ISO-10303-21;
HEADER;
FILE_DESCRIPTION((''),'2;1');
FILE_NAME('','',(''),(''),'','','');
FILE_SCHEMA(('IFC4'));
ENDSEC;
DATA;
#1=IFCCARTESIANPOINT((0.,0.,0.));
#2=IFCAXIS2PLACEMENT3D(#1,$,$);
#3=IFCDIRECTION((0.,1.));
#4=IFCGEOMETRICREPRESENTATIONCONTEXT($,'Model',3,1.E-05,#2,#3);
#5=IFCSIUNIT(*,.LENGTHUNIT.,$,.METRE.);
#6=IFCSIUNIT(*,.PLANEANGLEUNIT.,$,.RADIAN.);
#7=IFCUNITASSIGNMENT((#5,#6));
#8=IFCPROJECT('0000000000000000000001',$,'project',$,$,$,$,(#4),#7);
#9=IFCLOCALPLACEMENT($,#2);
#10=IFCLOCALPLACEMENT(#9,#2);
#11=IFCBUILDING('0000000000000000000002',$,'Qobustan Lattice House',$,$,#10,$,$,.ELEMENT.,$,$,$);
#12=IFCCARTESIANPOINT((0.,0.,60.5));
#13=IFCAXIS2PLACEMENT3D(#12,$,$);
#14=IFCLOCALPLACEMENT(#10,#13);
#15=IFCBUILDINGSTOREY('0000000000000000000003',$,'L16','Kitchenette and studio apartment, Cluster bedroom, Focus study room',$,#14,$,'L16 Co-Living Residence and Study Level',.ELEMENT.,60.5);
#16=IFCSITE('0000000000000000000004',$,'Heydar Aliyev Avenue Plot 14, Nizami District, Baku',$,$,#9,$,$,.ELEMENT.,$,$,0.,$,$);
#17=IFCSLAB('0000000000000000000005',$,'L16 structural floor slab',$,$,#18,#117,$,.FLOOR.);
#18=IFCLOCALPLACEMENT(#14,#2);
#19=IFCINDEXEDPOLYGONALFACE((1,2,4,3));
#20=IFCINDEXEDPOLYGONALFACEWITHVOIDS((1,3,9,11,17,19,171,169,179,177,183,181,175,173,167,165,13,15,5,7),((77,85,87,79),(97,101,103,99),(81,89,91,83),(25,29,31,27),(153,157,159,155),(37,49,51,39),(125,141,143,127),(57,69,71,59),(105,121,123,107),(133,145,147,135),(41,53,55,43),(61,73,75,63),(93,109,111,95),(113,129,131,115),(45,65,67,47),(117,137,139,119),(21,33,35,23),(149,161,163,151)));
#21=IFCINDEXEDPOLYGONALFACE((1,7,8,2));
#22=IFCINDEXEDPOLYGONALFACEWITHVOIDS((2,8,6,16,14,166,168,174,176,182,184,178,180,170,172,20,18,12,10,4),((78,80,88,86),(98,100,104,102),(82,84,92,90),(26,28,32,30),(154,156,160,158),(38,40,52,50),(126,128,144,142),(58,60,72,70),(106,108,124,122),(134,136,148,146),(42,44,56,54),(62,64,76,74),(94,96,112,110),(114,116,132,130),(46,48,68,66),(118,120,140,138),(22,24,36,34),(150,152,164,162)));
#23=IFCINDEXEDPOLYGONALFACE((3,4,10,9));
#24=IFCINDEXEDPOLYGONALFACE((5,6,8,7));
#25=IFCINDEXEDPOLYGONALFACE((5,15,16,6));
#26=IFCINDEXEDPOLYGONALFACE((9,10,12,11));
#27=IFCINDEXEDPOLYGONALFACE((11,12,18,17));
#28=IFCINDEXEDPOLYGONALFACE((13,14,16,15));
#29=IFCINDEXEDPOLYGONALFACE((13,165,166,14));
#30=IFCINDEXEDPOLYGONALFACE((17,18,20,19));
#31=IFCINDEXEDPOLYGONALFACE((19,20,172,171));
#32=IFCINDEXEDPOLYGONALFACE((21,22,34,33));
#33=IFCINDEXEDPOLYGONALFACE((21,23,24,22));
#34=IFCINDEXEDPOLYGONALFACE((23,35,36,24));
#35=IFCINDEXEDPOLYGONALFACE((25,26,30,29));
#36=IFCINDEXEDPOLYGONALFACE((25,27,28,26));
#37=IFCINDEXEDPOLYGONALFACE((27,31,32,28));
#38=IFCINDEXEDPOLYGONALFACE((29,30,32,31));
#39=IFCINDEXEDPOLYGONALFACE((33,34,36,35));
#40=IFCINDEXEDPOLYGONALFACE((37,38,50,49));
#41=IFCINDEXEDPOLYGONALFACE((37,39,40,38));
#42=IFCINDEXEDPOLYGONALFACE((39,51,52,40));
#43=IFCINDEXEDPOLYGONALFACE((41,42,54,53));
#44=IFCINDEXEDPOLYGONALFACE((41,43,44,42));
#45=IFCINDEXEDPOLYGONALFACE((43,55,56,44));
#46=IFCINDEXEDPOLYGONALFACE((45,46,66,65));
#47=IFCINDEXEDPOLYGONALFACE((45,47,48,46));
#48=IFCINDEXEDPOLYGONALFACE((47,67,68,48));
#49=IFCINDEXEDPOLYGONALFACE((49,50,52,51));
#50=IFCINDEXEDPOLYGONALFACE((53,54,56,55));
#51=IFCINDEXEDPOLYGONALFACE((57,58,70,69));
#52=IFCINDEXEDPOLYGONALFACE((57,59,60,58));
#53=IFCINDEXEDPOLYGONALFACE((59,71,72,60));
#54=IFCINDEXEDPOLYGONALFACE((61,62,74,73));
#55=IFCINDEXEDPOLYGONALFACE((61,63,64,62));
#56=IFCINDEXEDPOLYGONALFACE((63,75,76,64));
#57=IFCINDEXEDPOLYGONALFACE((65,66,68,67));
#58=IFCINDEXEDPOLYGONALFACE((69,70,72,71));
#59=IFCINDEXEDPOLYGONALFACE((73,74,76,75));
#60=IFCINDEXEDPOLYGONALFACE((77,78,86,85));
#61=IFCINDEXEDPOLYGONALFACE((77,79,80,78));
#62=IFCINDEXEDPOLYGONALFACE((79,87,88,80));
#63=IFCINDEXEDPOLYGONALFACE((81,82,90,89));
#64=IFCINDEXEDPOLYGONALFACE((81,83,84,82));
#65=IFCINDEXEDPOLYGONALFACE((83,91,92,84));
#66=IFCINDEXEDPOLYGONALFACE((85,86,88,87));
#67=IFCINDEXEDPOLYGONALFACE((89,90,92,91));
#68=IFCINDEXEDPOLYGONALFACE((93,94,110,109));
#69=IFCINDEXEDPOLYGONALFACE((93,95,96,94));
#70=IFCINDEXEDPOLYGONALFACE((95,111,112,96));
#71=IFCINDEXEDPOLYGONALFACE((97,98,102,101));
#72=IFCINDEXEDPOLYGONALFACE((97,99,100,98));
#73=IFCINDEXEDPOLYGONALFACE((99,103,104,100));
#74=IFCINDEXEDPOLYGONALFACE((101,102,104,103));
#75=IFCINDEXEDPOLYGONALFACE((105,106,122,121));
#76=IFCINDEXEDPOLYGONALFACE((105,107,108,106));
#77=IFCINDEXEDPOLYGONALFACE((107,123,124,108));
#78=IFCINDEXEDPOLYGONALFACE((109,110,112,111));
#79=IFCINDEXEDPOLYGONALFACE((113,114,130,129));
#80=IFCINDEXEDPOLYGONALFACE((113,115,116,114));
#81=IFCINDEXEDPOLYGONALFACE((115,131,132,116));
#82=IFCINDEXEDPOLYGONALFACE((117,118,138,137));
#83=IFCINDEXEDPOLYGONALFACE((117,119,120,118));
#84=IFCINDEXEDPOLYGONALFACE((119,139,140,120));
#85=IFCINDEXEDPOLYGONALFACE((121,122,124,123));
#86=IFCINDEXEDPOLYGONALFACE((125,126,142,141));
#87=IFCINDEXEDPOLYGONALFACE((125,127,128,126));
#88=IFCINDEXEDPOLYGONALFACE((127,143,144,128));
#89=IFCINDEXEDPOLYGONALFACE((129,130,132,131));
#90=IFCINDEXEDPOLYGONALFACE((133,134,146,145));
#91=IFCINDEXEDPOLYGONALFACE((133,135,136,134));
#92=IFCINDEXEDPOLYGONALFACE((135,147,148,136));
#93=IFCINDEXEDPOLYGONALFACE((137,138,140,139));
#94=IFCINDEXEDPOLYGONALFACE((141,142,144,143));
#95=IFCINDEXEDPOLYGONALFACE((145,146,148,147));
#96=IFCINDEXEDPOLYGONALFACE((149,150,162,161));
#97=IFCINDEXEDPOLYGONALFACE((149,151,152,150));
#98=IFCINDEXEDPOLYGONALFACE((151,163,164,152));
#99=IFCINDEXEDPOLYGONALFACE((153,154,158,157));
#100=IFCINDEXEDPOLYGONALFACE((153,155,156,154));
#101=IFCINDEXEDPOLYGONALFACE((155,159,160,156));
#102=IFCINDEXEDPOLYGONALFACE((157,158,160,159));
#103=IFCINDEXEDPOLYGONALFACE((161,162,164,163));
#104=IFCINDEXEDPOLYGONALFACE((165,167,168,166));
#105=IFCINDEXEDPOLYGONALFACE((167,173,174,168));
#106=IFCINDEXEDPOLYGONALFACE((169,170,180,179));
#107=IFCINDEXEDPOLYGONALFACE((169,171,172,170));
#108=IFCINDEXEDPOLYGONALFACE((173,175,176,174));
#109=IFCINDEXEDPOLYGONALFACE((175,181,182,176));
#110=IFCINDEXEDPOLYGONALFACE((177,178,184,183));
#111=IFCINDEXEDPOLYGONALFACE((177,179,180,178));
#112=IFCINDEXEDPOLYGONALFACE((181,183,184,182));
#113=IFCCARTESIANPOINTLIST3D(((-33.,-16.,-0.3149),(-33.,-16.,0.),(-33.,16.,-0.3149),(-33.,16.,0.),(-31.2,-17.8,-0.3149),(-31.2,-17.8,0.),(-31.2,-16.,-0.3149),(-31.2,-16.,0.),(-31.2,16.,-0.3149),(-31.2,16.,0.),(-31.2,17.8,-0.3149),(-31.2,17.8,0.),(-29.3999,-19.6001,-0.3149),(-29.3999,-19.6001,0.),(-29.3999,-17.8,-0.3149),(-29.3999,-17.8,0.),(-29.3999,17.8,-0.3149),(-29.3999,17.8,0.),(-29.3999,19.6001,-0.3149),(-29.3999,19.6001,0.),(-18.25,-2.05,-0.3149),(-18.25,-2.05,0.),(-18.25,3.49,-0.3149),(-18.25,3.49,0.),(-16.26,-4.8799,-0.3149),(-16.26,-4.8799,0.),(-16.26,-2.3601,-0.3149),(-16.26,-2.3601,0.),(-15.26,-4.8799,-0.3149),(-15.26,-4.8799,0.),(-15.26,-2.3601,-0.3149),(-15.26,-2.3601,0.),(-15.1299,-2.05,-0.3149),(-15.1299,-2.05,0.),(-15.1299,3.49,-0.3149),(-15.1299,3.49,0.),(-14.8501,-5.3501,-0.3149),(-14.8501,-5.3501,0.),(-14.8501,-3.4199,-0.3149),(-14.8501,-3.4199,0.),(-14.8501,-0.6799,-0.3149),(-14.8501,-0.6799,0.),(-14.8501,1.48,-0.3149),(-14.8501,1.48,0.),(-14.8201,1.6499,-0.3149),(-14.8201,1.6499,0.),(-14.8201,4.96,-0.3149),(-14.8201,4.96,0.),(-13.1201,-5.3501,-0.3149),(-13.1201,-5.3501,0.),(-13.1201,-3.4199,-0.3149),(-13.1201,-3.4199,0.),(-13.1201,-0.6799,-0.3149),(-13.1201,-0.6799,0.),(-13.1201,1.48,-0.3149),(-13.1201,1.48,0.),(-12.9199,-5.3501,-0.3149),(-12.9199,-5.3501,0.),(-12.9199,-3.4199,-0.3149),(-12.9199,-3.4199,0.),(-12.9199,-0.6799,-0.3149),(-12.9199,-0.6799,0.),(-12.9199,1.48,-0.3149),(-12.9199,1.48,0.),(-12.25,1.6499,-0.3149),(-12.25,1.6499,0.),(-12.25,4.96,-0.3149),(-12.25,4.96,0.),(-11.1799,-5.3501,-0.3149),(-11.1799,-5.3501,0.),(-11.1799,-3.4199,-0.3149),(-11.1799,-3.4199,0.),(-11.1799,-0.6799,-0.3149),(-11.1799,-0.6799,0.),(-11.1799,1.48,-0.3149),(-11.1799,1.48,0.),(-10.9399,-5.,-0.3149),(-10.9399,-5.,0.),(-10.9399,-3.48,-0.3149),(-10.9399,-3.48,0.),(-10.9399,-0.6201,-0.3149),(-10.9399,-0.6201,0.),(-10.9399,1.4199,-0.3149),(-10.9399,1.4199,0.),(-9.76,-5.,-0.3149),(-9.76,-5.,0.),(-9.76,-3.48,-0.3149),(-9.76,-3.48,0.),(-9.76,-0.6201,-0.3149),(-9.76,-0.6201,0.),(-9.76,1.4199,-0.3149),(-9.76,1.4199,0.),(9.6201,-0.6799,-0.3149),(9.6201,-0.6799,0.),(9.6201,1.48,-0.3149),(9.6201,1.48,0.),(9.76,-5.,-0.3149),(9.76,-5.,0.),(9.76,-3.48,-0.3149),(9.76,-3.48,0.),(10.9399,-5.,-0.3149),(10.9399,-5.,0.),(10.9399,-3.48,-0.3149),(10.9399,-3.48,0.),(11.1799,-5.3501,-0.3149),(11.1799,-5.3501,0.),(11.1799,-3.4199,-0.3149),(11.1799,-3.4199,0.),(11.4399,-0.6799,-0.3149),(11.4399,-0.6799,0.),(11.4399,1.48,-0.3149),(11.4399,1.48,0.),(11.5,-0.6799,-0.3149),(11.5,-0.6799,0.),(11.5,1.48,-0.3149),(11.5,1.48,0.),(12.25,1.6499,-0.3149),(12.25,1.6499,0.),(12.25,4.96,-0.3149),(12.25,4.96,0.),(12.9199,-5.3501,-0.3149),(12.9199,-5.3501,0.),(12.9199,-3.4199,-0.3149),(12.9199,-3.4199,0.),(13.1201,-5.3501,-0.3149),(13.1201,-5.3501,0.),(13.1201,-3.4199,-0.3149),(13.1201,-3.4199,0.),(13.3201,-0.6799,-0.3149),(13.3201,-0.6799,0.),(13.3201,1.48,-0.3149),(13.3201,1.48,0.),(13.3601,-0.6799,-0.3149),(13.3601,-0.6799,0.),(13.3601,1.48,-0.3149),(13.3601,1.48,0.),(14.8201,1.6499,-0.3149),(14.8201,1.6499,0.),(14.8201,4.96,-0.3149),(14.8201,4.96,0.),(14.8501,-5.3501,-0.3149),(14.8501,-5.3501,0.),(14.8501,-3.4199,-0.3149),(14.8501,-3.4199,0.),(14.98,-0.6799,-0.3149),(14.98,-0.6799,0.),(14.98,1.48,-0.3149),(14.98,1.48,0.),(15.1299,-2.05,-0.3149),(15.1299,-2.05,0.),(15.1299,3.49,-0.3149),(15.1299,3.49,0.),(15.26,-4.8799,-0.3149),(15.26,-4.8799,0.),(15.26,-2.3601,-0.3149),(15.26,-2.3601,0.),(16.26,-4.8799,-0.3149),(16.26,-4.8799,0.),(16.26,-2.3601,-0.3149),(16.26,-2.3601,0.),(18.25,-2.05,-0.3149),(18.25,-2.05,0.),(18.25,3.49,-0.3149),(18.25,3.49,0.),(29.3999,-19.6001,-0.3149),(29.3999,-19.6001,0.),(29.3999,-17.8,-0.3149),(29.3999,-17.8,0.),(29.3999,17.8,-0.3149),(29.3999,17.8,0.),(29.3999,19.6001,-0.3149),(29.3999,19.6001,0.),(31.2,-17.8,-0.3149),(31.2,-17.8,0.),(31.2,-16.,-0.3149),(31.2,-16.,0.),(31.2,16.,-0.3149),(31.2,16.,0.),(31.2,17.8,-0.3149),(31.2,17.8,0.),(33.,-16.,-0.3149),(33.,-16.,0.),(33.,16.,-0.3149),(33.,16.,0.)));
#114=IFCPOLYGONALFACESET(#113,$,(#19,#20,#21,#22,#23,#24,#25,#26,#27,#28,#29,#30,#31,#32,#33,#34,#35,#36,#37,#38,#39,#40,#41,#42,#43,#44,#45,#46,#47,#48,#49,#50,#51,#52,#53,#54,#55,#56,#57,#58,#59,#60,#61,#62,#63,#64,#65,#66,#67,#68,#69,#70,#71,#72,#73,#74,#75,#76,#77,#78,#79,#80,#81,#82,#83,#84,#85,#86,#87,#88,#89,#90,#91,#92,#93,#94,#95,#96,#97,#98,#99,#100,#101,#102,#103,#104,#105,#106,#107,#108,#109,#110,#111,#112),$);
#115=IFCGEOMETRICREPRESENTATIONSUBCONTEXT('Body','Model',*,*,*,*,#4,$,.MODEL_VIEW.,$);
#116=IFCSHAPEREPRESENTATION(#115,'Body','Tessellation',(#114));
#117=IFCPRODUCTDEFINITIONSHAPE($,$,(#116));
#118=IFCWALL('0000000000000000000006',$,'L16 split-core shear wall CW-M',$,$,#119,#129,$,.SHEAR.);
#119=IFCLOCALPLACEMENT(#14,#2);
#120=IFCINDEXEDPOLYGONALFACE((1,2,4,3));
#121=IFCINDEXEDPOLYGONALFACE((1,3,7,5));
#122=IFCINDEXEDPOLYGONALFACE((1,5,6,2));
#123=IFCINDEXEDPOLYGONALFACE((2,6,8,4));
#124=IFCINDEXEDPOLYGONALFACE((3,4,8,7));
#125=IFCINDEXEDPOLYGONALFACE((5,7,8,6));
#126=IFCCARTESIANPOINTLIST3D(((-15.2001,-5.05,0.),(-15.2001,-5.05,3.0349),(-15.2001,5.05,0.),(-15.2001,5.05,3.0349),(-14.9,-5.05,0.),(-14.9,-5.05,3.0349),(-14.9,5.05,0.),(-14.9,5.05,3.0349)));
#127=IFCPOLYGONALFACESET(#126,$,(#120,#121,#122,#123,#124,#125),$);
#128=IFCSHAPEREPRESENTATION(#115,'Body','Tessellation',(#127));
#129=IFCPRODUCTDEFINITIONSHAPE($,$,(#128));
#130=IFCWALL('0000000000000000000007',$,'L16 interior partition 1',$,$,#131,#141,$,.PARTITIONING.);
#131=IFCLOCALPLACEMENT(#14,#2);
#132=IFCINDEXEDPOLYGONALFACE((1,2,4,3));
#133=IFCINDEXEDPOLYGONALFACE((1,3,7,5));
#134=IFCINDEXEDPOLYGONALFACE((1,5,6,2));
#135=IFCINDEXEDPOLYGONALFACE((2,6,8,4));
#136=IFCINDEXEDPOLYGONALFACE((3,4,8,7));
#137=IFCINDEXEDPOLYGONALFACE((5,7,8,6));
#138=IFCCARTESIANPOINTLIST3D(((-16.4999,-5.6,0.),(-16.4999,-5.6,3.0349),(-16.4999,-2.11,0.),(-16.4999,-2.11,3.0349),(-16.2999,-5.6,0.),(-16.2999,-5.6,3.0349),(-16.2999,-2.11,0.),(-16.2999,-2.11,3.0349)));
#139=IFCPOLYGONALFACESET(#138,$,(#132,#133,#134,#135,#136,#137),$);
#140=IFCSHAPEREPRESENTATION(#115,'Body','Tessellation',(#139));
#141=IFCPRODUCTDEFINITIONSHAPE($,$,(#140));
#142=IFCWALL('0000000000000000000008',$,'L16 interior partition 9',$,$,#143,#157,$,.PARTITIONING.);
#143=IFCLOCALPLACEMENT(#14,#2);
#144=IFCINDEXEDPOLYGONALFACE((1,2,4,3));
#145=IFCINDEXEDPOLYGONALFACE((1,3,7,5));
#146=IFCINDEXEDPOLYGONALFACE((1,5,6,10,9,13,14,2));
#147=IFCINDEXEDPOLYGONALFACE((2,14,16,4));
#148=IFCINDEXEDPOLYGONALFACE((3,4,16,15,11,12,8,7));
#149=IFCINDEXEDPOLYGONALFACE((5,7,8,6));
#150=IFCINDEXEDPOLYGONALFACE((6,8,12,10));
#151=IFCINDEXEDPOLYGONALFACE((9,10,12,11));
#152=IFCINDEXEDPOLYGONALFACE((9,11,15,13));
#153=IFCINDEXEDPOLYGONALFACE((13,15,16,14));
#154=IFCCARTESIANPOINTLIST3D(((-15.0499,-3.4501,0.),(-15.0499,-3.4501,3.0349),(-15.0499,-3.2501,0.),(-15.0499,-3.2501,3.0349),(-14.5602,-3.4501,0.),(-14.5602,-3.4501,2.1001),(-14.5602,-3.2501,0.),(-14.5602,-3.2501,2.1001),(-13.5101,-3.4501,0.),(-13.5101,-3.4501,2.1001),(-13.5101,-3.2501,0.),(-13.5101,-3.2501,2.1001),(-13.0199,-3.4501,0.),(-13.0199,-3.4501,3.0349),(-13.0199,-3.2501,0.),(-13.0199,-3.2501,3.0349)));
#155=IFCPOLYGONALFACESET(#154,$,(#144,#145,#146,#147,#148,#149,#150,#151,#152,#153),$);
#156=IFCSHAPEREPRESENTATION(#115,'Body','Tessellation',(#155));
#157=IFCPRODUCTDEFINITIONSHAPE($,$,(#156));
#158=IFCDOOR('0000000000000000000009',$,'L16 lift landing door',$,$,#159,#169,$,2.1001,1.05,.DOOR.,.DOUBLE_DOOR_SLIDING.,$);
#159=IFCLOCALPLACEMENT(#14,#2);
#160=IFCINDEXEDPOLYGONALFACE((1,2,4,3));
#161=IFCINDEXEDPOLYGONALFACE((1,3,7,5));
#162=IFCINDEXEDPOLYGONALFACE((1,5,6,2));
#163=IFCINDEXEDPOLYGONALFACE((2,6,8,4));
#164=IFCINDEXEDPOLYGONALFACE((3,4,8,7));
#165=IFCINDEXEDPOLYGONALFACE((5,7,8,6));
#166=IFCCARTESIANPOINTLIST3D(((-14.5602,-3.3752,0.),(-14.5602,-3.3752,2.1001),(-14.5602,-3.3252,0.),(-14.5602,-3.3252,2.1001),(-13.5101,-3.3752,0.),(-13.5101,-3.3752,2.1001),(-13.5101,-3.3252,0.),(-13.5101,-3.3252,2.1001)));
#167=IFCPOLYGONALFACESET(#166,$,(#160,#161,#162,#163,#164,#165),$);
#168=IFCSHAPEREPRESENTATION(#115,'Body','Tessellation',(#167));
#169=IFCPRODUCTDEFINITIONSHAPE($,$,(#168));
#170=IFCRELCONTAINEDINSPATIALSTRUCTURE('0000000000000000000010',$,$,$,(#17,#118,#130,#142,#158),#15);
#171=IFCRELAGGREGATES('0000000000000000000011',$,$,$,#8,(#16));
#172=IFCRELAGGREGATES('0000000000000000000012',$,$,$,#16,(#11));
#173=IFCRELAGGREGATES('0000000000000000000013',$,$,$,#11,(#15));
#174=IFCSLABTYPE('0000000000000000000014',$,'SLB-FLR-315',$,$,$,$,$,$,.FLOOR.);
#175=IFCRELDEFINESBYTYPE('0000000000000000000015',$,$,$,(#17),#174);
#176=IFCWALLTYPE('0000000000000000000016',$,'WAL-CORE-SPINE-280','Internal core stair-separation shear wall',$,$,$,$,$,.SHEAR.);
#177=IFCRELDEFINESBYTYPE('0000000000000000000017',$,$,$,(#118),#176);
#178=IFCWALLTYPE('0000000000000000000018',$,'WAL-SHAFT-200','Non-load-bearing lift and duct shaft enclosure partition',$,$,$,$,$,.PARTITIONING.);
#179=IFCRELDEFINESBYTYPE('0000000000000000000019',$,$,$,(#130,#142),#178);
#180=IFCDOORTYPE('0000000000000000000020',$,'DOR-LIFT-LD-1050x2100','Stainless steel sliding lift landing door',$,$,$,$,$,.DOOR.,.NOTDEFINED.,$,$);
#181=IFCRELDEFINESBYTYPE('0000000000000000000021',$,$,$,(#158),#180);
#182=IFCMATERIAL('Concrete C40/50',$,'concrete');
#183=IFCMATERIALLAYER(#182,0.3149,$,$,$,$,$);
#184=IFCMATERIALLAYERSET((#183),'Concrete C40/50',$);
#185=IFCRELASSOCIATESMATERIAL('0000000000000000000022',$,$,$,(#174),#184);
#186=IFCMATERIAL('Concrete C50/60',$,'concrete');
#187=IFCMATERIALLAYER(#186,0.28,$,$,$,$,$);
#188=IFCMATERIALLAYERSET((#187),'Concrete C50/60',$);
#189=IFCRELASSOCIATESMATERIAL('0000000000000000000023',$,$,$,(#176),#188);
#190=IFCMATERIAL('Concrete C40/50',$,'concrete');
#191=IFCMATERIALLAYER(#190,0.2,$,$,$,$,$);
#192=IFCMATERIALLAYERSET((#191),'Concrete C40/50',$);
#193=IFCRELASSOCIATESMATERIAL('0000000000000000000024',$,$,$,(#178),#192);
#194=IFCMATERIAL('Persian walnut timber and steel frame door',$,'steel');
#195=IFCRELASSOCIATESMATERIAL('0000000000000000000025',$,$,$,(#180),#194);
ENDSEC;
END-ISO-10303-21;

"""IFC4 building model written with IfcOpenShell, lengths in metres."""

from ifc_helpers import new_model, si_unit, direction, frame, frame_2d, origin, place, context, subcontext, project, spatial, polyline, rectangle, outline, extrude, material, layer, layer_set, type_object, element, fill, save


model = new_model("IFC4")

# Units and contexts
model_context = context("Model", 3, precision=1e-05, world=origin(), true_north=direction((0.0, 1.0)))
body_context = subcontext(model_context, "Body", "Model", "MODEL_VIEW")
ifc_project = project(units=[si_unit("LENGTHUNIT", "METRE"), si_unit("PLANEANGLEUNIT", "RADIAN")], contexts=[model_context])

# Site, building, storey
site_placement = place(None, origin())
site = spatial("IfcSite", under=ifc_project, at=site_placement, Name="Heydar Aliyev Avenue Plot 14, Nizami District, Baku", CompositionType="ELEMENT", RefElevation=0.0)
building_placement = place(site_placement, origin())
building = spatial("IfcBuilding", under=site, at=building_placement, Name="Qobustan Lattice House", CompositionType="ELEMENT")
storey_placement = place(building_placement, frame((0.0, 0.0, 60.5)))
storey = spatial("IfcBuildingStorey", under=building, at=storey_placement, Name="L16", Description="Kitchenette and studio apartment, Cluster bedroom, Focus study room", LongName="L16 Co-Living Residence and Study Level", CompositionType="ELEMENT", Elevation=60.5)

# Slab
ifc_material_1 = material(Name="Concrete C40/50", Category="concrete")
ifc_layer_1 = layer(ifc_material_1, 0.3149)
ifc_layer_set_1 = layer_set([ifc_layer_1], Name="Concrete C40/50")
slab_type = type_object("IfcSlabType", Name="SLB-FLR-315", PredefinedType="FLOOR", material=ifc_layer_set_1)
slab_placement = place(storey_placement, frame((0.0, 0.0, -0.3149)))
element("IfcSlab", 1, at=slab_placement, inside=storey, type_object=slab_type, Name="L16 structural floor slab", PredefinedType="FLOOR", context=body_context, shape_type="SweptSolid", body=[
    extrude(outline(polyline([(-29.3999, -19.6001), (29.3999, -19.6001), (29.3999, -17.8), (31.2, -17.8), (31.2, -16.0), (33.0, -16.0), (33.0, 16.0), (31.2, 16.0), (31.2, 17.8), (29.3999, 17.8), (29.3999, 19.6001), (-29.3999, 19.6001), (-29.3999, 17.8), (-31.2, 17.8), (-31.2, 16.0), (-33.0, 16.0), (-33.0, -16.0), (-31.2, -16.0), (-31.2, -17.8), (-29.3999, -17.8), (-29.3999, -19.6001)]), holes=[polyline([(-18.25, -2.05), (-18.25, 3.49), (-15.1299, 3.49), (-15.1299, -2.05), (-18.25, -2.05)]), polyline([(15.1299, -2.05), (15.1299, 3.49), (18.25, 3.49), (18.25, -2.05), (15.1299, -2.05)]), polyline([(-14.8201, 1.6499), (-14.8201, 4.96), (-12.25, 4.96), (-12.25, 1.6499), (-14.8201, 1.6499)]), polyline([(12.25, 1.6499), (12.25, 4.96), (14.8201, 4.96), (14.8201, 1.6499), (12.25, 1.6499)]), polyline([(-16.26, -4.8799), (-16.26, -2.3601), (-15.26, -2.3601), (-15.26, -4.8799), (-16.26, -4.8799)]), polyline([(15.26, -4.8799), (15.26, -2.3601), (16.26, -2.3601), (16.26, -4.8799), (15.26, -4.8799)]), polyline([(-14.8501, -5.3501), (-14.8501, -3.4199), (-13.1201, -3.4199), (-13.1201, -5.3501), (-14.8501, -5.3501)]), polyline([(-12.9199, -5.3501), (-12.9199, -3.4199), (-11.1799, -3.4199), (-11.1799, -5.3501), (-12.9199, -5.3501)]), polyline([(-14.8501, -0.6799), (-14.8501, 1.48), (-13.1201, 1.48), (-13.1201, -0.6799), (-14.8501, -0.6799)]), polyline([(-12.9199, -0.6799), (-12.9199, 1.48), (-11.1799, 1.48), (-11.1799, -0.6799), (-12.9199, -0.6799)]), polyline([(-10.9399, -5.0), (-10.9399, -3.48), (-9.76, -3.48), (-9.76, -5.0), (-10.9399, -5.0)]), polyline([(-10.9399, -0.6201), (-10.9399, 1.4199), (-9.76, 1.4199), (-9.76, -0.6201), (-10.9399, -0.6201)]), polyline([(11.1799, -5.3501), (11.1799, -3.4199), (12.9199, -3.4199), (12.9199, -5.3501), (11.1799, -5.3501)]), polyline([(13.1201, -5.3501), (13.1201, -3.4199), (14.8501, -3.4199), (14.8501, -5.3501), (13.1201, -5.3501)]), polyline([(9.76, -5.0), (9.76, -3.48), (10.9399, -3.48), (10.9399, -5.0), (9.76, -5.0)]), polyline([(13.3601, -0.6799), (13.3601, 1.48), (14.98, 1.48), (14.98, -0.6799), (13.3601, -0.6799)]), polyline([(9.6201, -0.6799), (9.6201, 1.48), (11.4399, 1.48), (11.4399, -0.6799), (9.6201, -0.6799)]), polyline([(11.5, -0.6799), (11.5, 1.48), (13.3201, 1.48), (13.3201, -0.6799), (11.5, -0.6799)])]), origin(), (0.0, 0.0, 1.0), 0.3149),
])

# Wall
ifc_material_2 = material(Name="Concrete C50/60", Category="concrete")
ifc_layer_2 = layer(ifc_material_2, 0.28)
ifc_layer_set_2 = layer_set([ifc_layer_2], Name="Concrete C50/60")
wall_type_1 = type_object("IfcWallType", Name="WAL-CORE-SPINE-280", Description="Internal core stair-separation shear wall", PredefinedType="SHEAR", material=ifc_layer_set_2)
wall_1_placement = place(storey_placement, frame((-15.05, -5.05, 0.0), z_axis=(0.0, 0.0, 1.0), x_axis=(0.0, 1.0, 0.0)))
element("IfcWall", 2, at=wall_1_placement, inside=storey, type_object=wall_type_1, Name="L16 split-core shear wall CW-M", PredefinedType="SHEAR", context=body_context, shape_type="SweptSolid", body=[
    extrude(rectangle(XDim=10.1001, YDim=0.3, at=frame_2d((5.05, 0.0))), origin(), (0.0, 0.0, 1.0), 3.0349),
])

# Wall
ifc_material_3 = material(Name="Concrete C40/50", Category="concrete")
ifc_layer_3 = layer(ifc_material_3, 0.2)
ifc_layer_set_3 = layer_set([ifc_layer_3], Name="Concrete C40/50")
wall_type_2 = type_object("IfcWallType", Name="WAL-SHAFT-200", Description="Non-load-bearing lift and duct shaft enclosure partition", PredefinedType="PARTITIONING", material=ifc_layer_set_3)
wall_2_placement = place(storey_placement, frame((-16.3999, -5.6001, 0.0), z_axis=(0.0, 0.0, 1.0), x_axis=(0.0, 1.0, 0.0)))
element("IfcWall", 3, at=wall_2_placement, inside=storey, type_object=wall_type_2, Name="L16 interior partition 1", PredefinedType="PARTITIONING", context=body_context, shape_type="SweptSolid", body=[
    extrude(rectangle(XDim=3.49, YDim=0.2, at=frame_2d((1.7451, 0.0))), origin(), (0.0, 0.0, 1.0), 3.0349),
])

# Wall, opening, door
wall_3_placement = place(storey_placement, frame((-15.05, -3.3501, 0.0), z_axis=(0.0, 0.0, 1.0), x_axis=(1.0, 0.0, 0.0)))
wall_3 = element("IfcWall", 4, at=wall_3_placement, inside=storey, type_object=wall_type_2, Name="L16 interior partition 9", PredefinedType="PARTITIONING", context=body_context, shape_type="SweptSolid", body=[
    extrude(rectangle(XDim=2.03, YDim=0.2, at=frame_2d((1.0151, 0.0))), origin(), (0.0, 0.0, 1.0), 3.0349),
])
opening_1_placement = place(wall_3_placement, frame((0.49, 0.0, 0.0)))
opening_1 = element("IfcOpeningElement", 5, at=opening_1_placement, cuts=wall_3, PredefinedType="OPENING", context=body_context, shape_type="SweptSolid", body=[
    extrude(rectangle(XDim=1.05, YDim=2.1001, at=frame_2d((0.5249, 1.05))), frame((0.0, 0.1099, 0.0), z_axis=(0.0, -1.0, 0.0), x_axis=(1.0, 0.0, 0.0)), (0.0, 0.0, 1.0), 0.22),
])
ifc_material_4 = material(Name="Persian walnut timber and steel frame door", Category="steel")
door_type_1 = type_object("IfcDoorType", Name="DOR-LIFT-LD-1050x2100", Description="Stainless steel sliding lift landing door", OperationType="NOTDEFINED", PredefinedType="DOOR", material=ifc_material_4)
door_1_placement = place(opening_1_placement, origin())
door_1 = element("IfcDoor", 6, at=door_1_placement, inside=storey, type_object=door_type_1, Name="L16 lift landing door", OperationType="DOUBLE_DOOR_SLIDING", OverallHeight=2.1001, OverallWidth=1.05, PredefinedType="DOOR", context=body_context, shape_type="SweptSolid", body=[
    extrude(rectangle(XDim=1.05, YDim=2.1001, at=frame_2d((0.5249, 1.05))), frame((0.0, 0.0249, 0.0), z_axis=(0.0, -1.0, 0.0), x_axis=(1.0, 0.0, 0.0)), (0.0, 0.0, 1.0), 0.05),
])
fill(opening_1, door_1)

save(model, "model.ifc")
